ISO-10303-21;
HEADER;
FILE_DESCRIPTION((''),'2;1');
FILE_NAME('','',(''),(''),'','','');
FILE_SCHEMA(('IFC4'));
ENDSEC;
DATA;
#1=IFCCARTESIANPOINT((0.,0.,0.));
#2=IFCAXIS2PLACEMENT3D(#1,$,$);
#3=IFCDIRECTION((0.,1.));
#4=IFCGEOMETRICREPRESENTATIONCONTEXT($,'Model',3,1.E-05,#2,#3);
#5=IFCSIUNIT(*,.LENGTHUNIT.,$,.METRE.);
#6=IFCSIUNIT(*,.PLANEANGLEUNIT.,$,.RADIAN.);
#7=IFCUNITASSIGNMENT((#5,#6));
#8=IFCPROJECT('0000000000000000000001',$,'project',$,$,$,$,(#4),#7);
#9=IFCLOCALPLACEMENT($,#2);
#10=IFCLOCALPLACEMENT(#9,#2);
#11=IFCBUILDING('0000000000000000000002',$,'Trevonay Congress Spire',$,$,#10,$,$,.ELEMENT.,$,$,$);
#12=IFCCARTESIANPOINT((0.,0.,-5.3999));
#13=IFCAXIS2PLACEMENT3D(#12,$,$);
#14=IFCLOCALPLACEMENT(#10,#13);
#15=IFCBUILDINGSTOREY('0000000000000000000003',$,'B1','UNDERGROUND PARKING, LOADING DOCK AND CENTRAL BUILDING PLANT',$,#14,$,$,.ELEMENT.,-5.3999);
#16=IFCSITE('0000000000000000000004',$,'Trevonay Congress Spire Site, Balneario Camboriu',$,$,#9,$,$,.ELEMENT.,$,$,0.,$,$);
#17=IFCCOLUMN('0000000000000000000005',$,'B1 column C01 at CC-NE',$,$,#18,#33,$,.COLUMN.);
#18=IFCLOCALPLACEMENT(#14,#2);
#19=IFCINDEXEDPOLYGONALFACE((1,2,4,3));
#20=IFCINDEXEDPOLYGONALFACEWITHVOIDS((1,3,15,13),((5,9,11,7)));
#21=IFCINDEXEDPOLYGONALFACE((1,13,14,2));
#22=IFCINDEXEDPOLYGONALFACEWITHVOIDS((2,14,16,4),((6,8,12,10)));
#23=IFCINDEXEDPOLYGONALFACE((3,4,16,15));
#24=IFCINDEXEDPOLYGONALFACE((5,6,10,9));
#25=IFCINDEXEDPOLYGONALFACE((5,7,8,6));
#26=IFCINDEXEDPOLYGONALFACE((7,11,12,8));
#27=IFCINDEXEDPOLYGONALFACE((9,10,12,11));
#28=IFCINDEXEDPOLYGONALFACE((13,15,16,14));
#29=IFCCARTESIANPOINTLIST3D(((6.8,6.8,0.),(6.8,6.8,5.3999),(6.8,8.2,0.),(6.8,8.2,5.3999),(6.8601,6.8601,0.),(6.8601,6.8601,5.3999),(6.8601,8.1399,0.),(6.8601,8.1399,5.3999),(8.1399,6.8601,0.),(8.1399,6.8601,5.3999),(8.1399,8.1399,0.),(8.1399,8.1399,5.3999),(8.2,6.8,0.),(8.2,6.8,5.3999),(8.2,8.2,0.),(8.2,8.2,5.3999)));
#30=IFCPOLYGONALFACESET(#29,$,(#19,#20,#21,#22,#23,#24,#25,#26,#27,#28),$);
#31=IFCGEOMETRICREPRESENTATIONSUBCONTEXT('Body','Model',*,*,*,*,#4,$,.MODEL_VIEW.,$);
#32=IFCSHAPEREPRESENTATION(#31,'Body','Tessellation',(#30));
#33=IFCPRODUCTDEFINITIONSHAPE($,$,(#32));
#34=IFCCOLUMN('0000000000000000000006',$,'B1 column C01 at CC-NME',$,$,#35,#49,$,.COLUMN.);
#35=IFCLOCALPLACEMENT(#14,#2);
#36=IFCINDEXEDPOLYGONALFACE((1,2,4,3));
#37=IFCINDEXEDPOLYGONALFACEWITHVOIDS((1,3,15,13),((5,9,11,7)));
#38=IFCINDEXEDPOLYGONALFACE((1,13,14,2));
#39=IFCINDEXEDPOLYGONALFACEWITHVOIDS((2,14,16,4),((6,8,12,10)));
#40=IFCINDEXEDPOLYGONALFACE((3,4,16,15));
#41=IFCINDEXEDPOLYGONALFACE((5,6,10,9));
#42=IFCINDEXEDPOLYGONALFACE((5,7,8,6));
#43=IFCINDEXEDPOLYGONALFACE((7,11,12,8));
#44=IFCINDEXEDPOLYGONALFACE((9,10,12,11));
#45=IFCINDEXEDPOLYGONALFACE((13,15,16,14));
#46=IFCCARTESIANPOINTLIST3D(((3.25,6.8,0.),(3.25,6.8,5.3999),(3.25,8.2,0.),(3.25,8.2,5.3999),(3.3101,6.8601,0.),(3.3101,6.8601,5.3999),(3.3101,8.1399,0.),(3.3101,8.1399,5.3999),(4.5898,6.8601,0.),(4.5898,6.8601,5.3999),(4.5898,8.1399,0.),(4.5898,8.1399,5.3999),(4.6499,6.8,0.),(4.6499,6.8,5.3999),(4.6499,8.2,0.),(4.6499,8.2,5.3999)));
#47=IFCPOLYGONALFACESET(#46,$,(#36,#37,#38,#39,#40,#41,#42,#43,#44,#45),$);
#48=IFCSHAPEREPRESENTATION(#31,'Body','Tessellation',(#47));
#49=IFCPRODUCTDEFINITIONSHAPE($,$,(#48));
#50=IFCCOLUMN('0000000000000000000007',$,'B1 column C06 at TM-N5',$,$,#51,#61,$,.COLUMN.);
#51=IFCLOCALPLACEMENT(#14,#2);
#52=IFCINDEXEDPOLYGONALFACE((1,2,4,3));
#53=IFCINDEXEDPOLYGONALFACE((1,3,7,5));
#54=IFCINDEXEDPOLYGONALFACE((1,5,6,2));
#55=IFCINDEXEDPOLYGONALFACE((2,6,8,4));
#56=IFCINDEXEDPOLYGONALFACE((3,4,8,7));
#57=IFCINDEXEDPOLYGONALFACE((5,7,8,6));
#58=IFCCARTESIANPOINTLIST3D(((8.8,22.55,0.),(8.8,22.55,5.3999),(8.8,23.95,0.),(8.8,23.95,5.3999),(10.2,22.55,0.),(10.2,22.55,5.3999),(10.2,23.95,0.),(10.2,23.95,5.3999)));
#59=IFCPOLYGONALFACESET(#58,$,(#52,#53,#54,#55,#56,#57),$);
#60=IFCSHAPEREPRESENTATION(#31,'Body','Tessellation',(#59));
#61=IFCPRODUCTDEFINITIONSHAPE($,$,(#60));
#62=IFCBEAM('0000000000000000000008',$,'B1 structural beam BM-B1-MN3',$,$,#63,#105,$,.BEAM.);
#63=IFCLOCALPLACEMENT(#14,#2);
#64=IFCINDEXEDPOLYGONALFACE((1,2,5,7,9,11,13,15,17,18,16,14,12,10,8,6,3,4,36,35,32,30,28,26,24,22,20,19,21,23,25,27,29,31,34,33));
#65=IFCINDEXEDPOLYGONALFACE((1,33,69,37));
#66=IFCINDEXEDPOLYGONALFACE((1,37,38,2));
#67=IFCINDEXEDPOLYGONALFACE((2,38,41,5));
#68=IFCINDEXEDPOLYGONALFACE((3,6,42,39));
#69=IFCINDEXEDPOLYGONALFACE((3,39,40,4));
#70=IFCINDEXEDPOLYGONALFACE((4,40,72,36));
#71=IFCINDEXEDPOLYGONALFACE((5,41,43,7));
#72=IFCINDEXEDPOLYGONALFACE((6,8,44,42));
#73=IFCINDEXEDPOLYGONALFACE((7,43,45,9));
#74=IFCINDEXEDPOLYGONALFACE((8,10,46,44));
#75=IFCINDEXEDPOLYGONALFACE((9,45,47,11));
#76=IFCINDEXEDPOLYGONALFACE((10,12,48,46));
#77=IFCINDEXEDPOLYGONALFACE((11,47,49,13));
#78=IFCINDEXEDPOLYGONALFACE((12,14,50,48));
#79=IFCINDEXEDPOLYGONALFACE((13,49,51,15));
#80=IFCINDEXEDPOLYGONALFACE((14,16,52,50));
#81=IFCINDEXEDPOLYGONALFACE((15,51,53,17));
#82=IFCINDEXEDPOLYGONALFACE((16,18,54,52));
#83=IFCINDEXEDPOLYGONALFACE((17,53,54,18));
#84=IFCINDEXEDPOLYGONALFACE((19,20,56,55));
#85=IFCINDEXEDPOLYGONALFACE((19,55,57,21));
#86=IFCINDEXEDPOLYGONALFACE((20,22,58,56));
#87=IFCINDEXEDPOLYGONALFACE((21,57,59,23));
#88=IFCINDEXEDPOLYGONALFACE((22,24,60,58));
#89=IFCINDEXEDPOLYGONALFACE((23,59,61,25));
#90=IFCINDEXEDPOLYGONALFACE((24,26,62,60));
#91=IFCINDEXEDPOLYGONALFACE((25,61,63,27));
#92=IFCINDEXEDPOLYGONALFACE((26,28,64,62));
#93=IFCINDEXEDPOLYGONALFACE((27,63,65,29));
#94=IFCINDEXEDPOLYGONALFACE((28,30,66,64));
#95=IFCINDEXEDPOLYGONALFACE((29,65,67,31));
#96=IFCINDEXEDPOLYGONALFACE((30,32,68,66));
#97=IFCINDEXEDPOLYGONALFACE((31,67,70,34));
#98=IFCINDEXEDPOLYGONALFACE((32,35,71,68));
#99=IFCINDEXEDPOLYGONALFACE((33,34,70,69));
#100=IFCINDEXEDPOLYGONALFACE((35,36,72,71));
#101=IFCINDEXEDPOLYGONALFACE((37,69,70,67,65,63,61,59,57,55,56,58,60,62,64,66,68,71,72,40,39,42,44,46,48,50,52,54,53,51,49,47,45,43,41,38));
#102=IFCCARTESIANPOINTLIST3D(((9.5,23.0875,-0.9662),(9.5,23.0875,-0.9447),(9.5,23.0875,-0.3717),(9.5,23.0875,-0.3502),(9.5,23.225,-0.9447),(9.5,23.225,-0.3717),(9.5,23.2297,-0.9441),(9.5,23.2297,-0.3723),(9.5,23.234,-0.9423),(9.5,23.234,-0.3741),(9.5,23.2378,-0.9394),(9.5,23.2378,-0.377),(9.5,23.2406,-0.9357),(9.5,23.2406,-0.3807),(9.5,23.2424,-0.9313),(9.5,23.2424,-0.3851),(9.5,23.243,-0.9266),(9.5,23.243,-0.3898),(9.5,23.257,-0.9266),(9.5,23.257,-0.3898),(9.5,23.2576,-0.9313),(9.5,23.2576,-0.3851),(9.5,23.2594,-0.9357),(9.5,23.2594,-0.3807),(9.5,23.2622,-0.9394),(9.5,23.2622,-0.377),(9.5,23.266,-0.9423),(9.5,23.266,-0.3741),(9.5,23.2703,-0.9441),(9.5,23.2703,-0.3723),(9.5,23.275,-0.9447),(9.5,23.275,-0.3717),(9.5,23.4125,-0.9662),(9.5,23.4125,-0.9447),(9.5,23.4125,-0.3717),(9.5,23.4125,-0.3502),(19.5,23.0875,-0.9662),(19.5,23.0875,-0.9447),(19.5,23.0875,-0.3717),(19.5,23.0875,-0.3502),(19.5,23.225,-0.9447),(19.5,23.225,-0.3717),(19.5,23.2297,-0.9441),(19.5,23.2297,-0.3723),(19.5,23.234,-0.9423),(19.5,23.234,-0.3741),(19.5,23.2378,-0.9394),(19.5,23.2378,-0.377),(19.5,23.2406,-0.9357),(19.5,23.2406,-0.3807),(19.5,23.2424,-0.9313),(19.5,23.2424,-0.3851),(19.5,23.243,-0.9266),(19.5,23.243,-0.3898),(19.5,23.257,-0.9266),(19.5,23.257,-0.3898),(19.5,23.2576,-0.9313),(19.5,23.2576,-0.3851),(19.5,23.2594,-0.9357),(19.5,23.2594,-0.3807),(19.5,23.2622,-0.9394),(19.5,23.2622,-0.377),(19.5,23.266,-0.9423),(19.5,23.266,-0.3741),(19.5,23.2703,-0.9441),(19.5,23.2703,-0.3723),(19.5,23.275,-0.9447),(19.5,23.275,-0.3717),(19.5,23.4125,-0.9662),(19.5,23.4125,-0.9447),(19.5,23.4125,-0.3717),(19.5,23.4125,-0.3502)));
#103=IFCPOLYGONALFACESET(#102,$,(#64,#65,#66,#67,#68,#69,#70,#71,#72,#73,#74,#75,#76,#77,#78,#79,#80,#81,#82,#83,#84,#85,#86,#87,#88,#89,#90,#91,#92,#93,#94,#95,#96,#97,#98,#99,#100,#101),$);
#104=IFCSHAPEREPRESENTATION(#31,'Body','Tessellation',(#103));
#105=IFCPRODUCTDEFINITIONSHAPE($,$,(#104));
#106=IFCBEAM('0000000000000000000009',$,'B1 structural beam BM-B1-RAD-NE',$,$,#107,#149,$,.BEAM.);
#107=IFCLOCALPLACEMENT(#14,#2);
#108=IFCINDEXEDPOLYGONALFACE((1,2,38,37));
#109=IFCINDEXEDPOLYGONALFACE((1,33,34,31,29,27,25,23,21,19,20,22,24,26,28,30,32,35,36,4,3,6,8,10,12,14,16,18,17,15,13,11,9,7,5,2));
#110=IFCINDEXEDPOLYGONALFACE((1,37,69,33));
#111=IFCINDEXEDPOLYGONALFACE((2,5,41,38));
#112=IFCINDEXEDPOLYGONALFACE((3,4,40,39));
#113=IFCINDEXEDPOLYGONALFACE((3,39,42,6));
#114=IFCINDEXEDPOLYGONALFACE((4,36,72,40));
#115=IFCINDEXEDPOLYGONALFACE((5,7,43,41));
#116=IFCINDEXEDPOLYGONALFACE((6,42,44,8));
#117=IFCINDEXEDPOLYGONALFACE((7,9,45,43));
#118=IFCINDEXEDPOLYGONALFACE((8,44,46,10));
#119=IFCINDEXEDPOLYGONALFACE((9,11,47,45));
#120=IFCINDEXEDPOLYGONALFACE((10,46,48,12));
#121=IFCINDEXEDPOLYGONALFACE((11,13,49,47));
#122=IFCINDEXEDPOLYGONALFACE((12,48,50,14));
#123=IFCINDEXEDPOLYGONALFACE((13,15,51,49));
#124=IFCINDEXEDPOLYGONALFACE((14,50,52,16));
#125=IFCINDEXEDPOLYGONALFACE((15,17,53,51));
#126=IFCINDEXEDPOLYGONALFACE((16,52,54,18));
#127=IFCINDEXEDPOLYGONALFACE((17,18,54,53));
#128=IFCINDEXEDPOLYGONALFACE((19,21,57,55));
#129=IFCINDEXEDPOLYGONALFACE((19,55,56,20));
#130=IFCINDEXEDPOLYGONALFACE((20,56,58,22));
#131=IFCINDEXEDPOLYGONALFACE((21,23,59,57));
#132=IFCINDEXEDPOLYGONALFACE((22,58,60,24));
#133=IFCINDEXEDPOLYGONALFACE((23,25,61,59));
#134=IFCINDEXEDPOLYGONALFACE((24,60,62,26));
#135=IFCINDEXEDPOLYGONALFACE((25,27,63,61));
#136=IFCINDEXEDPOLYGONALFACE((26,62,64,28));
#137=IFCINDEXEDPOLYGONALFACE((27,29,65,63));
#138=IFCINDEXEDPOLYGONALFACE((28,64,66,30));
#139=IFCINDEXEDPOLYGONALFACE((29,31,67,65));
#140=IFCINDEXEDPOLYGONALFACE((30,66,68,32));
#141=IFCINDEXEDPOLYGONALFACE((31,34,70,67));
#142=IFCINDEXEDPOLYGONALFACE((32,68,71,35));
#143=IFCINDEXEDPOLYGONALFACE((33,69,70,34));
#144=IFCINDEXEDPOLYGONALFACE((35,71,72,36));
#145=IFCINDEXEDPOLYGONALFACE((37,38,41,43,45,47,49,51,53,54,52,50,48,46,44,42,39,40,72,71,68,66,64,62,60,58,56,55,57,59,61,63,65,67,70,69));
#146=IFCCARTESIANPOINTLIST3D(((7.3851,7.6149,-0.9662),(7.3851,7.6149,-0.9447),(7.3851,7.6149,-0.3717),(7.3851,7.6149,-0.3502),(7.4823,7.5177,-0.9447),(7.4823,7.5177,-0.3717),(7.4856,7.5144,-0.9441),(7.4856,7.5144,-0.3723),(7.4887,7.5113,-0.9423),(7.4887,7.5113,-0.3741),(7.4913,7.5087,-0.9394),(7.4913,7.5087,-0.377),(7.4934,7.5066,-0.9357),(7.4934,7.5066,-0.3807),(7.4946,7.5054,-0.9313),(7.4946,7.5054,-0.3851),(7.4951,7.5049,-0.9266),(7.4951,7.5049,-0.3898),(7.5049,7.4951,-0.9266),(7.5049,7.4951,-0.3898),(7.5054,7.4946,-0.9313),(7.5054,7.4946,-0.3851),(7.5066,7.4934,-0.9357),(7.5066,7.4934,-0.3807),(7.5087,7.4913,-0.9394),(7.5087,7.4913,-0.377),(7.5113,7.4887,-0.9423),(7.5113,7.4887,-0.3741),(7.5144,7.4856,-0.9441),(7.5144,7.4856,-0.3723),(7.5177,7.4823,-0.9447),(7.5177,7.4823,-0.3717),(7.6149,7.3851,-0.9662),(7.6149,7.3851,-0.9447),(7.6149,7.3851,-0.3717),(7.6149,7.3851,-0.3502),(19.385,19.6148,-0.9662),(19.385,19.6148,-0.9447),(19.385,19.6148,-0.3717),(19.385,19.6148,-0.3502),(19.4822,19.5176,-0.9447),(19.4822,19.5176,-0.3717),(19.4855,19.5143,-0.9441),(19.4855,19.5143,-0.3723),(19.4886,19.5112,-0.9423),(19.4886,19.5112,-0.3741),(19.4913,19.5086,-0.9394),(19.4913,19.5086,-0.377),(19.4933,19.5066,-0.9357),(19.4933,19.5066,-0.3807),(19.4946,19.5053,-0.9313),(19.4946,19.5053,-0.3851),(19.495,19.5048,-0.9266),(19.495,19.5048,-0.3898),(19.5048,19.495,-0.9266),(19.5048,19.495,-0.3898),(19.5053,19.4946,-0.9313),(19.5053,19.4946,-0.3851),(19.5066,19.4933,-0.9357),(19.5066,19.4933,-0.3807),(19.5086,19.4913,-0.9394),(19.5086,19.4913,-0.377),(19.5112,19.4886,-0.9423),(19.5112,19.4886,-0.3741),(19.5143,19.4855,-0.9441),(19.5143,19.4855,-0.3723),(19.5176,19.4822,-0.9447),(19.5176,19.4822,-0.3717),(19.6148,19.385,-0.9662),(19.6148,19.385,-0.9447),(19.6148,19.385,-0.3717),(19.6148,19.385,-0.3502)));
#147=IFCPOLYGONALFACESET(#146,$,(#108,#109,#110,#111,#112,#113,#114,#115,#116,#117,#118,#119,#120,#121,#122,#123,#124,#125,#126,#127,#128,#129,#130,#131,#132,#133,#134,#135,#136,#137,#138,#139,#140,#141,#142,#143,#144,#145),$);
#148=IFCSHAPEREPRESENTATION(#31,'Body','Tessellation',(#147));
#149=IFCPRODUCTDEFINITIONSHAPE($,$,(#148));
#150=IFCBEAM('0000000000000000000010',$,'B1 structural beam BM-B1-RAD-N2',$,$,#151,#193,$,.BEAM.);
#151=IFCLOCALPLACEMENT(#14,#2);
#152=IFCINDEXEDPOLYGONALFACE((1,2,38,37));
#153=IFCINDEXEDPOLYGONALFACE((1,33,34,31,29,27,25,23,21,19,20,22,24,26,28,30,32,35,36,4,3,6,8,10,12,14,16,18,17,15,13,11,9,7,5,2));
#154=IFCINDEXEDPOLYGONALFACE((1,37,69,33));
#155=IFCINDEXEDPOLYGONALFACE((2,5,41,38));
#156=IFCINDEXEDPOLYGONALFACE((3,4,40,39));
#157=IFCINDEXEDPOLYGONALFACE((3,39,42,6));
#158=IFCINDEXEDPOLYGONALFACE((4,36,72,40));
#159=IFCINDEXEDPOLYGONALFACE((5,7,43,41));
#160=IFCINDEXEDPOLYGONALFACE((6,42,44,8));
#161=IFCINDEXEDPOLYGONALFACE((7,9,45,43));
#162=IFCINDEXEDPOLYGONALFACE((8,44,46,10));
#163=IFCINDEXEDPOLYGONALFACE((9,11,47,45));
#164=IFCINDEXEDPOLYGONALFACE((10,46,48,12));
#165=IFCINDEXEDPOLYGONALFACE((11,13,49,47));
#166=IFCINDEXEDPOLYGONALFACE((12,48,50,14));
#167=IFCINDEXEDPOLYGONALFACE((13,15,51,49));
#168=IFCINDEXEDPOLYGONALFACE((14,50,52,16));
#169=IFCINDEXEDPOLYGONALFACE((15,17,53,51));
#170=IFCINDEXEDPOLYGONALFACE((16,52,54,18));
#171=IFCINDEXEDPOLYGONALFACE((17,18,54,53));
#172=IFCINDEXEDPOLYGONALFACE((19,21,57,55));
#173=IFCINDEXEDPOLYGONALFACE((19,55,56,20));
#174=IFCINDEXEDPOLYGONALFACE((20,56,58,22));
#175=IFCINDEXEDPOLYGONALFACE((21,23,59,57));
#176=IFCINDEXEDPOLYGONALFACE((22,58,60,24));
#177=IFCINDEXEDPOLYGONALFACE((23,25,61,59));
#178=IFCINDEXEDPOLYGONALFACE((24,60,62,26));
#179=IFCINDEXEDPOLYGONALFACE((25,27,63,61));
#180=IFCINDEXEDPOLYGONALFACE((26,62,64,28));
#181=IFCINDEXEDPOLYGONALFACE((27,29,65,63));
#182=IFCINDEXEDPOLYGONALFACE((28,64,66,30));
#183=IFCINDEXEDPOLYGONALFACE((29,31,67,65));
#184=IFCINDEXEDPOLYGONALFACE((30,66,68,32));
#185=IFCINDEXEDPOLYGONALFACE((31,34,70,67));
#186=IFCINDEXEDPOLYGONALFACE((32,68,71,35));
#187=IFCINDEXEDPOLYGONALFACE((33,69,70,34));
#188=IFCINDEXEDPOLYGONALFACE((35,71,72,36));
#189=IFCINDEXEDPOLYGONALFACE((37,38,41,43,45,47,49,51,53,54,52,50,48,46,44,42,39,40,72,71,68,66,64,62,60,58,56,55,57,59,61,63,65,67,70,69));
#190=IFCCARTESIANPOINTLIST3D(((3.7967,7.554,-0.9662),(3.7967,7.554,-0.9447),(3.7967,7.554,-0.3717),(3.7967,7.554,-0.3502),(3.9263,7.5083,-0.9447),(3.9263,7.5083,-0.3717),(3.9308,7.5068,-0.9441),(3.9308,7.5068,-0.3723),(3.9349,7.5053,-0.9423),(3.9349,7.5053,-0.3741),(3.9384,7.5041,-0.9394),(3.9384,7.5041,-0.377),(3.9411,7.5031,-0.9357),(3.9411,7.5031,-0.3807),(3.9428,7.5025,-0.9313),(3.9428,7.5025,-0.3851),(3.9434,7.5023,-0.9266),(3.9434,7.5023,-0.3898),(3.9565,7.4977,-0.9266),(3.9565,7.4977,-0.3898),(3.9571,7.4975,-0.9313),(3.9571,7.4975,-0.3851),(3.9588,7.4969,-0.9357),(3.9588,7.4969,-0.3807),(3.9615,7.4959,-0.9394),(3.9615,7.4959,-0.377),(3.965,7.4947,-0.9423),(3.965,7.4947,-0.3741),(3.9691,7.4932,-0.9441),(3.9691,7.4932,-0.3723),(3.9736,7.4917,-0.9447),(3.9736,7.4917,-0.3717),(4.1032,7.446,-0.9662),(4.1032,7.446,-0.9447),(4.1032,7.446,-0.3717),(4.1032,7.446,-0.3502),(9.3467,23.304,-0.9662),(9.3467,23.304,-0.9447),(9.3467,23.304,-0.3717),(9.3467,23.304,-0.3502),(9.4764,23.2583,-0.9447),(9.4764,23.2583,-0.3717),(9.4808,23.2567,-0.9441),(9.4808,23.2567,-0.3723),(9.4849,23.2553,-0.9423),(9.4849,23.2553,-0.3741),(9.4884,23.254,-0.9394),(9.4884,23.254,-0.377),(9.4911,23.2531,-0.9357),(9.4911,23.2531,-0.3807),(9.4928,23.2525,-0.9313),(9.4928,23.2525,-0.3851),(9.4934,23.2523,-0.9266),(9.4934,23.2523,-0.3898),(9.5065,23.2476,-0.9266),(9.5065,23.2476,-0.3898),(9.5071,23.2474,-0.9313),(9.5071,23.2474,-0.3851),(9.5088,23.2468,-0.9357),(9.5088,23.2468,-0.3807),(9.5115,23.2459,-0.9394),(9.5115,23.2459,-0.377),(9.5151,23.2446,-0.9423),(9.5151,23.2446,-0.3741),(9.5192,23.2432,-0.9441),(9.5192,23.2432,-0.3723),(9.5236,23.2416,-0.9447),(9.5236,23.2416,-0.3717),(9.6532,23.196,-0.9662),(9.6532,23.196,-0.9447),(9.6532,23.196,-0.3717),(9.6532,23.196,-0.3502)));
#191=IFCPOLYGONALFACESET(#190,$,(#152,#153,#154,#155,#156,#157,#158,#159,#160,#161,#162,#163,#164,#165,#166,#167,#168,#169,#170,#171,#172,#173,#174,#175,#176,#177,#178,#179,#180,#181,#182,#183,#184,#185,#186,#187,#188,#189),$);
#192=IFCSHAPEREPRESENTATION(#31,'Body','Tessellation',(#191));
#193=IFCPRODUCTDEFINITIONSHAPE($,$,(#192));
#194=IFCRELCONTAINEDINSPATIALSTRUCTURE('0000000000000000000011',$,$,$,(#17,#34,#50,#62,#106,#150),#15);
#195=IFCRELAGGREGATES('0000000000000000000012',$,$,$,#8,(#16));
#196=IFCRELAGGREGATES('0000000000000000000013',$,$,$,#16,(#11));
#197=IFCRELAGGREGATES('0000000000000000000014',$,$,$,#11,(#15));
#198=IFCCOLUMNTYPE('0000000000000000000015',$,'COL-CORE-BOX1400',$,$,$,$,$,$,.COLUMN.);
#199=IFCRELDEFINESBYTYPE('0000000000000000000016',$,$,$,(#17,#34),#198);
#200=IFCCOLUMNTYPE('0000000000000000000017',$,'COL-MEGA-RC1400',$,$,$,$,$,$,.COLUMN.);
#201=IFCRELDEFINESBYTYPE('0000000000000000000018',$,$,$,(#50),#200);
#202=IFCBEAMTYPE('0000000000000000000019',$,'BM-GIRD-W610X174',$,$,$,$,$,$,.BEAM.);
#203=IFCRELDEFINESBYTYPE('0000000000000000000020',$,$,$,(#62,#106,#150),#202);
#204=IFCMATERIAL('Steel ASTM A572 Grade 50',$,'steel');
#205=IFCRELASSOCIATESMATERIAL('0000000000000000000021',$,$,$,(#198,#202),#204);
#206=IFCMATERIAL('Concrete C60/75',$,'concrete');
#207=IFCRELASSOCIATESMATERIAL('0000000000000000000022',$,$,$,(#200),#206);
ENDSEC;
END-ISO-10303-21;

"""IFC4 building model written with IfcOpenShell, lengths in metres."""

from ifc_helpers import new_model, si_unit, direction, frame, origin, origin_2d, place, context, subcontext, project, spatial, rectangle, hollow_rectangle, i_section, extrude, material, material_profile, profile_set, type_object, element, save


model = new_model("IFC4")

# Units and contexts
model_context = context("Model", 3, precision=1e-05, world=origin(), true_north=direction((0.0, 1.0)))
body_context = subcontext(model_context, "Body", "Model", "MODEL_VIEW")
ifc_project = project(units=[si_unit("LENGTHUNIT", "METRE"), si_unit("PLANEANGLEUNIT", "RADIAN")], contexts=[model_context])

# Site, building, storey
site_placement = place(None, origin())
site = spatial("IfcSite", under=ifc_project, at=site_placement, Name="Trevonay Congress Spire Site, Balneario Camboriu", CompositionType="ELEMENT", RefElevation=0.0)
building_placement = place(site_placement, origin())
building = spatial("IfcBuilding", under=site, at=building_placement, Name="Trevonay Congress Spire", CompositionType="ELEMENT")
storey_placement = place(building_placement, frame((0.0, 0.0, -5.3999)))
storey = spatial("IfcBuildingStorey", under=building, at=storey_placement, Name="B1", Description="UNDERGROUND PARKING, LOADING DOCK AND CENTRAL BUILDING PLANT", CompositionType="ELEMENT", Elevation=-5.3999)

# Columns
ifc_material_1 = material(Name="Steel ASTM A572 Grade 50", Category="steel")
ifc_material_profile_1 = material_profile(ifc_material_1, hollow_rectangle(XDim=1.3999, YDim=1.3999, WallThickness=0.0601, at=origin_2d()), Name="BOX 1400x1400x60")
ifc_profile_set_1 = profile_set([ifc_material_profile_1], Name="Steel ASTM A572 Grade 50")
column_type_1 = type_object("IfcColumnType", Name="COL-CORE-BOX1400", PredefinedType="COLUMN", material=ifc_profile_set_1)
for number, where, z_axis, x_axis, name in (
    (1, (7.5, 7.5, 0.0), (0.0, 0.0, 1.0), (1.0, 0.0, 0.0), "B1 column C01 at CC-NE"),
    (2, (3.95, 7.5, 0.0), (0.0, 0.0, 1.0), (1.0, 0.0, 0.0), "B1 column C01 at CC-NME"),
):
    element("IfcColumn", number, at=place(storey_placement, frame(where, z_axis=z_axis, x_axis=x_axis)), inside=storey, type_object=column_type_1, Name=name, PredefinedType="COLUMN", context=body_context, shape_type="SweptSolid", body=[
        extrude(hollow_rectangle(XDim=1.3999, YDim=1.3999, WallThickness=0.0601, at=origin_2d()), origin(), (0.0, 0.0, 1.0), 5.3999),
    ])
ifc_material_2 = material(Name="Concrete C60/75", Category="concrete")
ifc_material_profile_2 = material_profile(ifc_material_2, rectangle(XDim=1.3999, YDim=1.3999, at=origin_2d()), Name="RC 1400x1400")
ifc_profile_set_2 = profile_set([ifc_material_profile_2], Name="Concrete C60/75")
column_type_2 = type_object("IfcColumnType", Name="COL-MEGA-RC1400", PredefinedType="COLUMN", material=ifc_profile_set_2)
column_placement = place(storey_placement, frame((9.5, 23.25, 0.0), z_axis=(0.0, 0.0, 1.0), x_axis=(1.0, 0.0, 0.0)))
element("IfcColumn", 3, at=column_placement, inside=storey, type_object=column_type_2, Name="B1 column C06 at TM-N5", PredefinedType="COLUMN", context=body_context, shape_type="SweptSolid", body=[
    extrude(rectangle(XDim=1.3999, YDim=1.3999, at=origin_2d()), origin(), (0.0, 0.0, 1.0), 5.3999),
])

# Beams
ifc_material_profile_3 = material_profile(ifc_material_1, i_section(OverallWidth=0.325, OverallDepth=0.616, WebThickness=0.0139, FlangeThickness=0.0215, FilletRadius=0.0181, at=origin_2d()), Name="W610x174")
ifc_profile_set_3 = profile_set([ifc_material_profile_3], Name="Steel ASTM A572 Grade 50")
beam_type_1 = type_object("IfcBeamType", Name="BM-GIRD-W610X174", PredefinedType="BEAM", material=ifc_profile_set_3)
beam_1_placement = place(storey_placement, frame((9.5, 23.25, -0.6582), z_axis=(1.0, 0.0, 0.0), x_axis=(0.0, 1.0, 0.0)))
element("IfcBeam", 4, at=beam_1_placement, inside=storey, type_object=beam_type_1, Name="B1 structural beam BM-B1-MN3", PredefinedType="BEAM", context=body_context, shape_type="SweptSolid", body=[
    extrude(i_section(OverallWidth=0.325, OverallDepth=0.616, WebThickness=0.0139, FlangeThickness=0.0215, FilletRadius=0.0181, at=origin_2d()), origin(), (0.0, 0.0, 1.0), 10.0),
])
beam_2_placement = place(storey_placement, frame((7.5, 7.5, -0.6582), z_axis=(0.707107, 0.707107, 0.0), x_axis=(-0.707107, 0.707107, 0.0)))
element("IfcBeam", 5, at=beam_2_placement, inside=storey, type_object=beam_type_1, Name="B1 structural beam BM-B1-RAD-NE", PredefinedType="BEAM", context=body_context, shape_type="SweptSolid", body=[
    extrude(i_section(OverallWidth=0.325, OverallDepth=0.616, WebThickness=0.0139, FlangeThickness=0.0215, FilletRadius=0.0181, at=origin_2d()), origin(), (0.0, 0.0, 1.0), 16.9705),
])
beam_3_placement = place(storey_placement, frame((3.95, 7.5, -0.6582), z_axis=(0.332353, 0.943155, 0.0), x_axis=(-0.943155, 0.332353, 0.0)))
element("IfcBeam", 6, at=beam_3_placement, inside=storey, type_object=beam_type_1, Name="B1 structural beam BM-B1-RAD-N2", PredefinedType="BEAM", context=body_context, shape_type="SweptSolid", body=[
    extrude(i_section(OverallWidth=0.325, OverallDepth=0.616, WebThickness=0.0139, FlangeThickness=0.0215, FilletRadius=0.0181, at=origin_2d()), origin(), (0.0, 0.0, 1.0), 16.6992),
])

save(model, "model.ifc")
